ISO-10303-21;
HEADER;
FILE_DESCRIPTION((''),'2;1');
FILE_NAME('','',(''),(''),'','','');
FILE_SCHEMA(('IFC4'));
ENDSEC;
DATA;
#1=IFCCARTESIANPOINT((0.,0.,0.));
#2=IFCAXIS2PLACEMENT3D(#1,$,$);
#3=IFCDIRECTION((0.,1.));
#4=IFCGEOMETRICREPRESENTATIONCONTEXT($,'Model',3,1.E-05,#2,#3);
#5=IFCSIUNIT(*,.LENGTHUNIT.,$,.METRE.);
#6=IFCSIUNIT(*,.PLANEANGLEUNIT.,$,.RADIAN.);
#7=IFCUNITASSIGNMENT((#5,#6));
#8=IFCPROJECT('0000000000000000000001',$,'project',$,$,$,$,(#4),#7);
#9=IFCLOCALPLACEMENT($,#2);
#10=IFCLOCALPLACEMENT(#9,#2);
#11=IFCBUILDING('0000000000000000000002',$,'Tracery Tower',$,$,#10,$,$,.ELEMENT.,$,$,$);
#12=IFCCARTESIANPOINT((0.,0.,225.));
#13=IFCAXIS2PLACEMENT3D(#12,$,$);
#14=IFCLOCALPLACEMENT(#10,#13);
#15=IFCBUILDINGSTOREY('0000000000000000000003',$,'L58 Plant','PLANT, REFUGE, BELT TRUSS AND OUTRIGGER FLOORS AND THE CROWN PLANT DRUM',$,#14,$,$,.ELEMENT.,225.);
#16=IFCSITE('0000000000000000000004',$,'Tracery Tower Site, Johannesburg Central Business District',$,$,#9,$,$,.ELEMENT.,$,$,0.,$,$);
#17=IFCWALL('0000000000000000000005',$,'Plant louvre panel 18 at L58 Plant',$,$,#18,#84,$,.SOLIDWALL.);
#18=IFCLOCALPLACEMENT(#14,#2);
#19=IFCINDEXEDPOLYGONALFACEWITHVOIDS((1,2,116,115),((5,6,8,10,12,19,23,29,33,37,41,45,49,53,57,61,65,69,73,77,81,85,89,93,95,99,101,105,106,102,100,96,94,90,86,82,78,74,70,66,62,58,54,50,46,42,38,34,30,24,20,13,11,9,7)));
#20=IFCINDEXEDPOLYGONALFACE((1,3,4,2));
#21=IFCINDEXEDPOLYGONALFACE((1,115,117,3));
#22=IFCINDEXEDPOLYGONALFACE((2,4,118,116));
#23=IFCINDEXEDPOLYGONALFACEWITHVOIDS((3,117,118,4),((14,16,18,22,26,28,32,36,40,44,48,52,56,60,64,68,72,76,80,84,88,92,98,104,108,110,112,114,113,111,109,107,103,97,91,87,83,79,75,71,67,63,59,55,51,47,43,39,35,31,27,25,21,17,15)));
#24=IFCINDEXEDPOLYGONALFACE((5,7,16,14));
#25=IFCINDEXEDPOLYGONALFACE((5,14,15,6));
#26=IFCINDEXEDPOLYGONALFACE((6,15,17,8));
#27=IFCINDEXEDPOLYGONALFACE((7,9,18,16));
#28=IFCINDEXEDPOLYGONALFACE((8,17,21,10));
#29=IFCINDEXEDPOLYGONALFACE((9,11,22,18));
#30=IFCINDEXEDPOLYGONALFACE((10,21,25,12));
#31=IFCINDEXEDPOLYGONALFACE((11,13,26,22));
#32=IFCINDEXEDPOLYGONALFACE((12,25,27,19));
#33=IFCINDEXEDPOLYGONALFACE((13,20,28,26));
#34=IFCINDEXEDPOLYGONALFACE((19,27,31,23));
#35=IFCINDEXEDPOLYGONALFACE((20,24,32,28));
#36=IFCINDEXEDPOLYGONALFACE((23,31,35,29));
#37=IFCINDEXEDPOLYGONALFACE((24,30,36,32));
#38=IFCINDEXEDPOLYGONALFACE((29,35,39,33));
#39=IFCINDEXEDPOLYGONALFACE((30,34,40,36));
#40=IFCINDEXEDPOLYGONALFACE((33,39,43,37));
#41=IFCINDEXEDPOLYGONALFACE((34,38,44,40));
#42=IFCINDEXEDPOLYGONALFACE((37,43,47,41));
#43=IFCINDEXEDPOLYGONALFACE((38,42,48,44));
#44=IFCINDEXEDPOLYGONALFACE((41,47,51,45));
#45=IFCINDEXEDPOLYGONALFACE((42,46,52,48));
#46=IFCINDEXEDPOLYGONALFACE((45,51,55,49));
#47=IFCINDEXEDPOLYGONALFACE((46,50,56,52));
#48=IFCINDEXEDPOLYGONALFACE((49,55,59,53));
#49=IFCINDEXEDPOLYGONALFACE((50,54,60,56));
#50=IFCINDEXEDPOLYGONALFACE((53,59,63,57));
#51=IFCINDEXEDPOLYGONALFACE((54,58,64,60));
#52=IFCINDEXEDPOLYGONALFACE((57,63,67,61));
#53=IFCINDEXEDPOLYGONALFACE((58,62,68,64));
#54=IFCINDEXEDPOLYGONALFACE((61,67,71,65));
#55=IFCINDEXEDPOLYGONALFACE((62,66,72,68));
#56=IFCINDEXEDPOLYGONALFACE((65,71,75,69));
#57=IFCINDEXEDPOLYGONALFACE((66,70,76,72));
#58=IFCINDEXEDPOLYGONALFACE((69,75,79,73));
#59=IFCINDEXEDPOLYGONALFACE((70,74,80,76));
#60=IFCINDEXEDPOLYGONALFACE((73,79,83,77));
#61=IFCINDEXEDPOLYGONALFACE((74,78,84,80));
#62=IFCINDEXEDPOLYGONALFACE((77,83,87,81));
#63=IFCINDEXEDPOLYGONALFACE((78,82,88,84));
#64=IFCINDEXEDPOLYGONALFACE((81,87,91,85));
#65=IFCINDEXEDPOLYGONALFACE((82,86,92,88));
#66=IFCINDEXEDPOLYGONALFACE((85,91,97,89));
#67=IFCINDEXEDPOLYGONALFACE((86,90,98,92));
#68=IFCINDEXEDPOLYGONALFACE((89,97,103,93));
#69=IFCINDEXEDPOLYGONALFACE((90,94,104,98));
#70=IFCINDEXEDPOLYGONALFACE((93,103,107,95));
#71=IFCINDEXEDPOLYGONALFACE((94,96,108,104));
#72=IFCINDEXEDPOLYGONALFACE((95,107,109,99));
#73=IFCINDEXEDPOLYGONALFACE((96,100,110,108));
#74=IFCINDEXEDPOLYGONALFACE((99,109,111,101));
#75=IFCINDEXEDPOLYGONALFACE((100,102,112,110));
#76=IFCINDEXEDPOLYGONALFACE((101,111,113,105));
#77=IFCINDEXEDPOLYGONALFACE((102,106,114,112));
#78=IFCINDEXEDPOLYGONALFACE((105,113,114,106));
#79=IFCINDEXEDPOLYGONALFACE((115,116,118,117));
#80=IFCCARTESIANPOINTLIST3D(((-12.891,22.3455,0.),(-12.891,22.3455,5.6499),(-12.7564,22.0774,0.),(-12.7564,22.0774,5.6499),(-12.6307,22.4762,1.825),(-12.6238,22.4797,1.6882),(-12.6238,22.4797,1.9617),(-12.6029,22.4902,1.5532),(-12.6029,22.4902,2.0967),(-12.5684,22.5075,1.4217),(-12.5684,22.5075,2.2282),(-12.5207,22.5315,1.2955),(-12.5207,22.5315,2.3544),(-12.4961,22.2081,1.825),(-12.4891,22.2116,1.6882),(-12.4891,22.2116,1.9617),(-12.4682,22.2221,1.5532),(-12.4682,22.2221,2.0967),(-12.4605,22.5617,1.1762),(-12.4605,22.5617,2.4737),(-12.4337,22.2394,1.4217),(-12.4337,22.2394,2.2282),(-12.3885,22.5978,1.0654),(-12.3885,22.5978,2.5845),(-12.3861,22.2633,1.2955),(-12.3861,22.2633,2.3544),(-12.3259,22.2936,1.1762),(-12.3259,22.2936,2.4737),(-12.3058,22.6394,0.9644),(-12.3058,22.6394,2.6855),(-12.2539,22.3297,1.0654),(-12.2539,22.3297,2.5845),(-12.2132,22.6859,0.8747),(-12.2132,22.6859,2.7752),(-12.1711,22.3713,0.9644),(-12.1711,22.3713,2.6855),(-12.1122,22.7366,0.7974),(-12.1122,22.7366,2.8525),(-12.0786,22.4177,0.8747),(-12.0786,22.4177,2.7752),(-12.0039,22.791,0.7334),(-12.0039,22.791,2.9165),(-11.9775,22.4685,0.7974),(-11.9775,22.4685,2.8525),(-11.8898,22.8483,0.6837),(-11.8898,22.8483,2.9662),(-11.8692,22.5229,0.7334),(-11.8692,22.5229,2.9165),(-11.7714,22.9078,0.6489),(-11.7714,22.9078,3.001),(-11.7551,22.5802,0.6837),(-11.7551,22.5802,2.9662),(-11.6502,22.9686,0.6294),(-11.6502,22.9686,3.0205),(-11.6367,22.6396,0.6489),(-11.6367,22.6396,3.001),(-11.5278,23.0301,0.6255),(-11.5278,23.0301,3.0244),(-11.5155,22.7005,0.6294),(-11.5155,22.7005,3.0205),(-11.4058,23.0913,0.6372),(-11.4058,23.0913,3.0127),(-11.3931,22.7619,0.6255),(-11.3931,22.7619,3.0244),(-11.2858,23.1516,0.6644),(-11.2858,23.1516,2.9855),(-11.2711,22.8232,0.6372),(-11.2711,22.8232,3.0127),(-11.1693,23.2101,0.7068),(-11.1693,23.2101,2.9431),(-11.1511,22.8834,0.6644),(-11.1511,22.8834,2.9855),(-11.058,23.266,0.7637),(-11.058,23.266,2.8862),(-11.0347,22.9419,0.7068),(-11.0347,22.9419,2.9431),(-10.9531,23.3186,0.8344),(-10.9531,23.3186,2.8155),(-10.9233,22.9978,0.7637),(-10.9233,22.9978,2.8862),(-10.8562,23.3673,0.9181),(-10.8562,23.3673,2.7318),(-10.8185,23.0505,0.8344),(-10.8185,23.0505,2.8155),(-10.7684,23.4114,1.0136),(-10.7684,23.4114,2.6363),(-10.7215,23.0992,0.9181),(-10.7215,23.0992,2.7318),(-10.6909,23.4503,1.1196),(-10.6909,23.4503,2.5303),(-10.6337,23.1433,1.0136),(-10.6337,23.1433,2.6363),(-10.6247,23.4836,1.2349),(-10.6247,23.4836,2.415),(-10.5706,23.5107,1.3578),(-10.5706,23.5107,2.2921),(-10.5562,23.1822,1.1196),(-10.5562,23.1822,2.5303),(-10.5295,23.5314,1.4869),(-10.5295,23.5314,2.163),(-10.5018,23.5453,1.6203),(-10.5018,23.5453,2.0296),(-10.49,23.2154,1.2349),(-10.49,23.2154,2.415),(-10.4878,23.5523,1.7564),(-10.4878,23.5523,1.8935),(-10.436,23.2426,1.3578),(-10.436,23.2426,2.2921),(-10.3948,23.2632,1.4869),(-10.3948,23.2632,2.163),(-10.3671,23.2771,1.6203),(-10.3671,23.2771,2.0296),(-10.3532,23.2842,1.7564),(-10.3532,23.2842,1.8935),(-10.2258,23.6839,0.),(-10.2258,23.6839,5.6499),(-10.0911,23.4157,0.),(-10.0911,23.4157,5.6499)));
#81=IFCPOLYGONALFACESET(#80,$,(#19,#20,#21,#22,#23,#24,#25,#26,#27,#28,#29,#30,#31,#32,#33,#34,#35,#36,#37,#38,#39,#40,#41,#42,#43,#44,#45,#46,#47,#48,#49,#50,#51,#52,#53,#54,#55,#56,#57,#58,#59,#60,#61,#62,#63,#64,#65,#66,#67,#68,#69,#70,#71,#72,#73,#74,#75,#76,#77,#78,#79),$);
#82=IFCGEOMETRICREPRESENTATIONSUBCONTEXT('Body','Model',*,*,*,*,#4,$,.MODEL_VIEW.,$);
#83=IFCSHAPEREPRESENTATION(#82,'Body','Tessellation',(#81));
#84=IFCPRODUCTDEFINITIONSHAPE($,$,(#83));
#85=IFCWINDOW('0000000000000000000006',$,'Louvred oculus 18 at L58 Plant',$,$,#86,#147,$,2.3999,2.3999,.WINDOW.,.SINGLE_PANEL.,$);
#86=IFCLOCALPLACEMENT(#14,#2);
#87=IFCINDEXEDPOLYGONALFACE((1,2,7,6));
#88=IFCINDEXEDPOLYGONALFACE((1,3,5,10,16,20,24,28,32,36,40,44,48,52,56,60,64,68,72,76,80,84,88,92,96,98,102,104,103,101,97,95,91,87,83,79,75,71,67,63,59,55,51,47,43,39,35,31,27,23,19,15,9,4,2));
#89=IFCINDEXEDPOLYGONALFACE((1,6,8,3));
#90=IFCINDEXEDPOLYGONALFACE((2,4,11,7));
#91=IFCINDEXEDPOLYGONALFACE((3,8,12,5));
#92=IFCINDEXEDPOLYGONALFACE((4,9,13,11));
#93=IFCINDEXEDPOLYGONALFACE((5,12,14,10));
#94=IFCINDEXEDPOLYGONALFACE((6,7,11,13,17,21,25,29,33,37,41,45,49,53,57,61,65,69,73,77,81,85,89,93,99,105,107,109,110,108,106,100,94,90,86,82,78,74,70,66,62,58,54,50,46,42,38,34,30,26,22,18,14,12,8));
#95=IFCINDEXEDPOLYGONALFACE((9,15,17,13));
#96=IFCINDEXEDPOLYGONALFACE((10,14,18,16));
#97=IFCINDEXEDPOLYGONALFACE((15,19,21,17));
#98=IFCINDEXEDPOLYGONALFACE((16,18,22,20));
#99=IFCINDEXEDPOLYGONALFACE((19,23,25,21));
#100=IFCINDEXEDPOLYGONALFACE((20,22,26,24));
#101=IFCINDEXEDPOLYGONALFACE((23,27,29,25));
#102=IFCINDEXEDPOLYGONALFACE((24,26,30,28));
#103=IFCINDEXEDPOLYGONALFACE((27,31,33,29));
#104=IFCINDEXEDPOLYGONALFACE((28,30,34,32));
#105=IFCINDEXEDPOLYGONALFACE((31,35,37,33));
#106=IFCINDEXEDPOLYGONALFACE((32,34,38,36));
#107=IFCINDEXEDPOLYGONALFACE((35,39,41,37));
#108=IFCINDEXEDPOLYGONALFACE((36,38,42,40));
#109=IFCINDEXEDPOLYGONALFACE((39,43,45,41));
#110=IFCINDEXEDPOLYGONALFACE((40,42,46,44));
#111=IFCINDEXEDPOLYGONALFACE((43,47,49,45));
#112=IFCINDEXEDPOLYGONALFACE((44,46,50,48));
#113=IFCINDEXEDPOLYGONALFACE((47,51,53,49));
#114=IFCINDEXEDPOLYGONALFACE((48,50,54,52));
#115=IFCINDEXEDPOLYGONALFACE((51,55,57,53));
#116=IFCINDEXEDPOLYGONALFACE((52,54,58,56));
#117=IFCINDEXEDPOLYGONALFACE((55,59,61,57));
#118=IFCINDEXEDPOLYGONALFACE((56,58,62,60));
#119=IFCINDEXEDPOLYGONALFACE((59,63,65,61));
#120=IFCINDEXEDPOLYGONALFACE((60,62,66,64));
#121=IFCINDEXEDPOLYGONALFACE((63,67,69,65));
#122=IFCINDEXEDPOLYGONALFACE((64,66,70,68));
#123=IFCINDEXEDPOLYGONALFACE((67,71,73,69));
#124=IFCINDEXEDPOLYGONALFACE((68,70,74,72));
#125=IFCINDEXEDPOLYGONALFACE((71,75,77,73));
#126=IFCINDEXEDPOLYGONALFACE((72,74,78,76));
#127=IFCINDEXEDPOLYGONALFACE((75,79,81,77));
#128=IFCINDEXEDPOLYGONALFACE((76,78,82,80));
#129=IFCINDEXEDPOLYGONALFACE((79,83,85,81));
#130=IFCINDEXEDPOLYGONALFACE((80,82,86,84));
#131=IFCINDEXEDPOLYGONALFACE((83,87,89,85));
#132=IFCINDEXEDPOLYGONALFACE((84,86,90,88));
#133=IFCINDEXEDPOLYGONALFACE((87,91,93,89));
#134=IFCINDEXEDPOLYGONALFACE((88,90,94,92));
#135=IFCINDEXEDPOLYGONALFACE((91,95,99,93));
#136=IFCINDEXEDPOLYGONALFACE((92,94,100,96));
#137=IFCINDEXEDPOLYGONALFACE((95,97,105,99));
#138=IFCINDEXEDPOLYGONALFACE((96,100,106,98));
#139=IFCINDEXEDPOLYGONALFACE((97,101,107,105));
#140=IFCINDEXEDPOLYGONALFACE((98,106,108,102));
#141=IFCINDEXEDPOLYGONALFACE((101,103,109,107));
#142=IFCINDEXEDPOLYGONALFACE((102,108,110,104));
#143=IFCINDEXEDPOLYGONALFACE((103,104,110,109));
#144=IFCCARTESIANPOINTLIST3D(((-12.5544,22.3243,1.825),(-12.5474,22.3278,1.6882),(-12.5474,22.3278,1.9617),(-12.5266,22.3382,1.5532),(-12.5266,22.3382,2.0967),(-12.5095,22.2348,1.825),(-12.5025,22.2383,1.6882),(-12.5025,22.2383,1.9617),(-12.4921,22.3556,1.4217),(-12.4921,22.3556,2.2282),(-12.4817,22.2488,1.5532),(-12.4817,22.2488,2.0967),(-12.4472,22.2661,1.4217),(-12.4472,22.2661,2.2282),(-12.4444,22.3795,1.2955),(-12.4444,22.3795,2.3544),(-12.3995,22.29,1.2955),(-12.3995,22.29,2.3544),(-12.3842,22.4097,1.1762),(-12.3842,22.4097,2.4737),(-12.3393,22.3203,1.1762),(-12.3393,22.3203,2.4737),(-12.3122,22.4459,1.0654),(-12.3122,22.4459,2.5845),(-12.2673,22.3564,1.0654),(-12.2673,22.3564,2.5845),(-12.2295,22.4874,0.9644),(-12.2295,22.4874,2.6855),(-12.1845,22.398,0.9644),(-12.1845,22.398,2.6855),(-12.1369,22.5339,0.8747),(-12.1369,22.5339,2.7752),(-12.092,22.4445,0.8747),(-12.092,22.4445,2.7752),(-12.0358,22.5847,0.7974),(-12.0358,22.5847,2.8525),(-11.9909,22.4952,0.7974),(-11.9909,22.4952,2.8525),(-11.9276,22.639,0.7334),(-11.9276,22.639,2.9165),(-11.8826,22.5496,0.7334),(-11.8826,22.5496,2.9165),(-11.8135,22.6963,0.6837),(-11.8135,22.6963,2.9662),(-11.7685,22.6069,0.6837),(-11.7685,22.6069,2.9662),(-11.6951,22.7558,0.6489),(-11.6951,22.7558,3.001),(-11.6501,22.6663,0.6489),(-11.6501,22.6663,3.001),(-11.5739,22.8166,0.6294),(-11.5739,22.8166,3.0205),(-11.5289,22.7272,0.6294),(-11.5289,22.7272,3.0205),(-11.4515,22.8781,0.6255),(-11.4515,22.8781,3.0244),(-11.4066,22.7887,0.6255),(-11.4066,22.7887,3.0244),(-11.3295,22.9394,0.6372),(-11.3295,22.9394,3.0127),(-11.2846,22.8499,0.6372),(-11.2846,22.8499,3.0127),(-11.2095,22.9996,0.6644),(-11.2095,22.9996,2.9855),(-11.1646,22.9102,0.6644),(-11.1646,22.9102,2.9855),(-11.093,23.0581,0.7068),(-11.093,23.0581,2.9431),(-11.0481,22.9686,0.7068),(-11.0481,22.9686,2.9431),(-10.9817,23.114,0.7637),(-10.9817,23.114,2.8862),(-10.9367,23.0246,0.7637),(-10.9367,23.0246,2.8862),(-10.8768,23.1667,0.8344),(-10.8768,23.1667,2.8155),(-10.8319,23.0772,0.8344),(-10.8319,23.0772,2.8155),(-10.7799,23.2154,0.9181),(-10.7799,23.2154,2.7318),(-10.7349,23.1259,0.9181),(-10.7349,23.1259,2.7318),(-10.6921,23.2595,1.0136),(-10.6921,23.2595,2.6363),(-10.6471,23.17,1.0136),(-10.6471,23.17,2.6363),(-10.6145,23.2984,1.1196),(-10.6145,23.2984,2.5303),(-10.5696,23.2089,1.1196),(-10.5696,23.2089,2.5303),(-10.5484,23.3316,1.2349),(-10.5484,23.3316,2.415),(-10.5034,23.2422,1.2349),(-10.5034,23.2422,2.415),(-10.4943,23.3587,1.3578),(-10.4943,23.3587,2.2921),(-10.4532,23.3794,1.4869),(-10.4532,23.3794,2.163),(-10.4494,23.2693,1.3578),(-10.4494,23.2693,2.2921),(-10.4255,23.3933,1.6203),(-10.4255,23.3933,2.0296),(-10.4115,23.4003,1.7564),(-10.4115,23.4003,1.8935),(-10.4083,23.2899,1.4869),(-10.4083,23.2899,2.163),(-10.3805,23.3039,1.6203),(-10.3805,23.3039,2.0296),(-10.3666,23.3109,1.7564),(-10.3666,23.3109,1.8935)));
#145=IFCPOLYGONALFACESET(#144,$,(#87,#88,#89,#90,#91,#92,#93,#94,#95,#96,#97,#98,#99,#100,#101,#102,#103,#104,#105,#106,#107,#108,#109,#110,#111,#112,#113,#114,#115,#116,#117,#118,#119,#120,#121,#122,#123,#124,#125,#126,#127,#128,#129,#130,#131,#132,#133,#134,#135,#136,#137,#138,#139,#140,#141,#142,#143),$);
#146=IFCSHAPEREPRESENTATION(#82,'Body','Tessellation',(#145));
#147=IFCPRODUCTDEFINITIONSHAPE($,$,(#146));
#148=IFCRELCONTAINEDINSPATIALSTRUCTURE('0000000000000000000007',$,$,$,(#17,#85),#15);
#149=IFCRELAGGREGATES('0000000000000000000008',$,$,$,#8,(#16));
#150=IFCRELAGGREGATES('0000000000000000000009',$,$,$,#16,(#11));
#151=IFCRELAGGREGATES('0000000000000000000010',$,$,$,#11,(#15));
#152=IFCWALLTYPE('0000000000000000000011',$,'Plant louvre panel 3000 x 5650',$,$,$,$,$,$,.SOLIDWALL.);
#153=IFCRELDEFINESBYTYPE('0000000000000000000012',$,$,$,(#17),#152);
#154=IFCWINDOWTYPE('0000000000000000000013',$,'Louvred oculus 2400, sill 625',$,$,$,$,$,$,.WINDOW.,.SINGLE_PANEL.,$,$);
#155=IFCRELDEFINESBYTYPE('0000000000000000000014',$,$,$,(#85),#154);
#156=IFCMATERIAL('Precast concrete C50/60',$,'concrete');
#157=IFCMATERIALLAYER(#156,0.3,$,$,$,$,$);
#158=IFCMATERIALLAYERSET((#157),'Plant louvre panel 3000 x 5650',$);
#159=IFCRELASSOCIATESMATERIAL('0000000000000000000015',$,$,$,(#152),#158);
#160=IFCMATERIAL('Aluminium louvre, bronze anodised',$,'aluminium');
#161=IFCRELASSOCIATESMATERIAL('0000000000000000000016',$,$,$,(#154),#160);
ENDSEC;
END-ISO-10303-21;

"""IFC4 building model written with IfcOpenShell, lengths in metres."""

from ifc_helpers import new_model, si_unit, direction, frame, frame_2d, origin, origin_2d, place, context, subcontext, project, spatial, rectangle, circle, extrude, material, layer, layer_set, type_object, element, fill, save


model = new_model("IFC4")

# Units and contexts
model_context = context("Model", 3, precision=1e-05, world=origin(), true_north=direction((0.0, 1.0)))
body_context = subcontext(model_context, "Body", "Model", "MODEL_VIEW")
ifc_project = project(units=[si_unit("LENGTHUNIT", "METRE"), si_unit("PLANEANGLEUNIT", "RADIAN")], contexts=[model_context])

# Site, building, storey
site_placement = place(None, origin())
site = spatial("IfcSite", under=ifc_project, at=site_placement, Name="Tracery Tower Site, Johannesburg Central Business District", CompositionType="ELEMENT", RefElevation=0.0)
building_placement = place(site_placement, origin())
building = spatial("IfcBuilding", under=site, at=building_placement, Name="Tracery Tower", CompositionType="ELEMENT")
storey_placement = place(building_placement, frame((0.0, 0.0, 225.0)))
storey = spatial("IfcBuildingStorey", under=building, at=storey_placement, Name="L58 Plant", Description="PLANT, REFUGE, BELT TRUSS AND OUTRIGGER FLOORS AND THE CROWN PLANT DRUM", CompositionType="ELEMENT", Elevation=225.0)

# Wall, opening, window
ifc_material_1 = material(Name="Precast concrete C50/60", Category="concrete")
ifc_layer_1 = layer(ifc_material_1, 0.3)
ifc_layer_set_1 = layer_set([ifc_layer_1], Name="Plant louvre panel 3000 x 5650")
wall_type_1 = type_object("IfcWallType", Name="Plant louvre panel 3000 x 5650", PredefinedType="SOLIDWALL", material=ifc_layer_set_1)
wall_1_placement = place(storey_placement, frame((-10.1584, 23.5498, 0.0), z_axis=(0.0, 0.0, 1.0), x_axis=(-0.893656, -0.448752, 0.0)))
wall_1 = element("IfcWall", 1, at=wall_1_placement, inside=storey, type_object=wall_type_1, Name="Plant louvre panel 18 at L58 Plant", PredefinedType="SOLIDWALL", context=body_context, shape_type="SweptSolid", body=[
    extrude(rectangle(XDim=2.9824, YDim=0.3, at=frame_2d((1.4912, 0.0))), origin(), (0.0, 0.0, 1.0), 5.6499),
])
opening_1_placement = place(wall_1_placement, frame((1.4912, 0.0, 1.825)))
opening_1 = element("IfcOpeningElement", 2, at=opening_1_placement, cuts=wall_1, PredefinedType="OPENING", context=body_context, shape_type="SweptSolid", body=[
    extrude(circle(Radius=1.2, at=origin_2d()), frame((0.0, 0.1599, 0.0), z_axis=(0.0, -1.0, 0.0), x_axis=(1.0, 0.0, 0.0)), (0.0, 0.0, 1.0), 0.3201),
])
ifc_material_2 = material(Name="Aluminium louvre, bronze anodised", Category="aluminium")
window_type = type_object("IfcWindowType", Name="Louvred oculus 2400, sill 625", PartitioningType="SINGLE_PANEL", PredefinedType="WINDOW", material=ifc_material_2)
window_1_placement = place(opening_1_placement, origin())
window_1 = element("IfcWindow", 3, at=window_1_placement, inside=storey, type_object=window_type, Name="Louvred oculus 18 at L58 Plant", OverallHeight=2.3999, OverallWidth=2.3999, PartitioningType="SINGLE_PANEL", PredefinedType="WINDOW", context=body_context, shape_type="SweptSolid", body=[
    extrude(circle(Radius=1.2, at=origin_2d()), frame((0.0, 0.1201, 0.0), z_axis=(0.0, -1.0, 0.0), x_axis=(1.0, 0.0, 0.0)), (0.0, 0.0, 1.0), 0.1001),
])
fill(opening_1, window_1)

save(model, "model.ifc")
